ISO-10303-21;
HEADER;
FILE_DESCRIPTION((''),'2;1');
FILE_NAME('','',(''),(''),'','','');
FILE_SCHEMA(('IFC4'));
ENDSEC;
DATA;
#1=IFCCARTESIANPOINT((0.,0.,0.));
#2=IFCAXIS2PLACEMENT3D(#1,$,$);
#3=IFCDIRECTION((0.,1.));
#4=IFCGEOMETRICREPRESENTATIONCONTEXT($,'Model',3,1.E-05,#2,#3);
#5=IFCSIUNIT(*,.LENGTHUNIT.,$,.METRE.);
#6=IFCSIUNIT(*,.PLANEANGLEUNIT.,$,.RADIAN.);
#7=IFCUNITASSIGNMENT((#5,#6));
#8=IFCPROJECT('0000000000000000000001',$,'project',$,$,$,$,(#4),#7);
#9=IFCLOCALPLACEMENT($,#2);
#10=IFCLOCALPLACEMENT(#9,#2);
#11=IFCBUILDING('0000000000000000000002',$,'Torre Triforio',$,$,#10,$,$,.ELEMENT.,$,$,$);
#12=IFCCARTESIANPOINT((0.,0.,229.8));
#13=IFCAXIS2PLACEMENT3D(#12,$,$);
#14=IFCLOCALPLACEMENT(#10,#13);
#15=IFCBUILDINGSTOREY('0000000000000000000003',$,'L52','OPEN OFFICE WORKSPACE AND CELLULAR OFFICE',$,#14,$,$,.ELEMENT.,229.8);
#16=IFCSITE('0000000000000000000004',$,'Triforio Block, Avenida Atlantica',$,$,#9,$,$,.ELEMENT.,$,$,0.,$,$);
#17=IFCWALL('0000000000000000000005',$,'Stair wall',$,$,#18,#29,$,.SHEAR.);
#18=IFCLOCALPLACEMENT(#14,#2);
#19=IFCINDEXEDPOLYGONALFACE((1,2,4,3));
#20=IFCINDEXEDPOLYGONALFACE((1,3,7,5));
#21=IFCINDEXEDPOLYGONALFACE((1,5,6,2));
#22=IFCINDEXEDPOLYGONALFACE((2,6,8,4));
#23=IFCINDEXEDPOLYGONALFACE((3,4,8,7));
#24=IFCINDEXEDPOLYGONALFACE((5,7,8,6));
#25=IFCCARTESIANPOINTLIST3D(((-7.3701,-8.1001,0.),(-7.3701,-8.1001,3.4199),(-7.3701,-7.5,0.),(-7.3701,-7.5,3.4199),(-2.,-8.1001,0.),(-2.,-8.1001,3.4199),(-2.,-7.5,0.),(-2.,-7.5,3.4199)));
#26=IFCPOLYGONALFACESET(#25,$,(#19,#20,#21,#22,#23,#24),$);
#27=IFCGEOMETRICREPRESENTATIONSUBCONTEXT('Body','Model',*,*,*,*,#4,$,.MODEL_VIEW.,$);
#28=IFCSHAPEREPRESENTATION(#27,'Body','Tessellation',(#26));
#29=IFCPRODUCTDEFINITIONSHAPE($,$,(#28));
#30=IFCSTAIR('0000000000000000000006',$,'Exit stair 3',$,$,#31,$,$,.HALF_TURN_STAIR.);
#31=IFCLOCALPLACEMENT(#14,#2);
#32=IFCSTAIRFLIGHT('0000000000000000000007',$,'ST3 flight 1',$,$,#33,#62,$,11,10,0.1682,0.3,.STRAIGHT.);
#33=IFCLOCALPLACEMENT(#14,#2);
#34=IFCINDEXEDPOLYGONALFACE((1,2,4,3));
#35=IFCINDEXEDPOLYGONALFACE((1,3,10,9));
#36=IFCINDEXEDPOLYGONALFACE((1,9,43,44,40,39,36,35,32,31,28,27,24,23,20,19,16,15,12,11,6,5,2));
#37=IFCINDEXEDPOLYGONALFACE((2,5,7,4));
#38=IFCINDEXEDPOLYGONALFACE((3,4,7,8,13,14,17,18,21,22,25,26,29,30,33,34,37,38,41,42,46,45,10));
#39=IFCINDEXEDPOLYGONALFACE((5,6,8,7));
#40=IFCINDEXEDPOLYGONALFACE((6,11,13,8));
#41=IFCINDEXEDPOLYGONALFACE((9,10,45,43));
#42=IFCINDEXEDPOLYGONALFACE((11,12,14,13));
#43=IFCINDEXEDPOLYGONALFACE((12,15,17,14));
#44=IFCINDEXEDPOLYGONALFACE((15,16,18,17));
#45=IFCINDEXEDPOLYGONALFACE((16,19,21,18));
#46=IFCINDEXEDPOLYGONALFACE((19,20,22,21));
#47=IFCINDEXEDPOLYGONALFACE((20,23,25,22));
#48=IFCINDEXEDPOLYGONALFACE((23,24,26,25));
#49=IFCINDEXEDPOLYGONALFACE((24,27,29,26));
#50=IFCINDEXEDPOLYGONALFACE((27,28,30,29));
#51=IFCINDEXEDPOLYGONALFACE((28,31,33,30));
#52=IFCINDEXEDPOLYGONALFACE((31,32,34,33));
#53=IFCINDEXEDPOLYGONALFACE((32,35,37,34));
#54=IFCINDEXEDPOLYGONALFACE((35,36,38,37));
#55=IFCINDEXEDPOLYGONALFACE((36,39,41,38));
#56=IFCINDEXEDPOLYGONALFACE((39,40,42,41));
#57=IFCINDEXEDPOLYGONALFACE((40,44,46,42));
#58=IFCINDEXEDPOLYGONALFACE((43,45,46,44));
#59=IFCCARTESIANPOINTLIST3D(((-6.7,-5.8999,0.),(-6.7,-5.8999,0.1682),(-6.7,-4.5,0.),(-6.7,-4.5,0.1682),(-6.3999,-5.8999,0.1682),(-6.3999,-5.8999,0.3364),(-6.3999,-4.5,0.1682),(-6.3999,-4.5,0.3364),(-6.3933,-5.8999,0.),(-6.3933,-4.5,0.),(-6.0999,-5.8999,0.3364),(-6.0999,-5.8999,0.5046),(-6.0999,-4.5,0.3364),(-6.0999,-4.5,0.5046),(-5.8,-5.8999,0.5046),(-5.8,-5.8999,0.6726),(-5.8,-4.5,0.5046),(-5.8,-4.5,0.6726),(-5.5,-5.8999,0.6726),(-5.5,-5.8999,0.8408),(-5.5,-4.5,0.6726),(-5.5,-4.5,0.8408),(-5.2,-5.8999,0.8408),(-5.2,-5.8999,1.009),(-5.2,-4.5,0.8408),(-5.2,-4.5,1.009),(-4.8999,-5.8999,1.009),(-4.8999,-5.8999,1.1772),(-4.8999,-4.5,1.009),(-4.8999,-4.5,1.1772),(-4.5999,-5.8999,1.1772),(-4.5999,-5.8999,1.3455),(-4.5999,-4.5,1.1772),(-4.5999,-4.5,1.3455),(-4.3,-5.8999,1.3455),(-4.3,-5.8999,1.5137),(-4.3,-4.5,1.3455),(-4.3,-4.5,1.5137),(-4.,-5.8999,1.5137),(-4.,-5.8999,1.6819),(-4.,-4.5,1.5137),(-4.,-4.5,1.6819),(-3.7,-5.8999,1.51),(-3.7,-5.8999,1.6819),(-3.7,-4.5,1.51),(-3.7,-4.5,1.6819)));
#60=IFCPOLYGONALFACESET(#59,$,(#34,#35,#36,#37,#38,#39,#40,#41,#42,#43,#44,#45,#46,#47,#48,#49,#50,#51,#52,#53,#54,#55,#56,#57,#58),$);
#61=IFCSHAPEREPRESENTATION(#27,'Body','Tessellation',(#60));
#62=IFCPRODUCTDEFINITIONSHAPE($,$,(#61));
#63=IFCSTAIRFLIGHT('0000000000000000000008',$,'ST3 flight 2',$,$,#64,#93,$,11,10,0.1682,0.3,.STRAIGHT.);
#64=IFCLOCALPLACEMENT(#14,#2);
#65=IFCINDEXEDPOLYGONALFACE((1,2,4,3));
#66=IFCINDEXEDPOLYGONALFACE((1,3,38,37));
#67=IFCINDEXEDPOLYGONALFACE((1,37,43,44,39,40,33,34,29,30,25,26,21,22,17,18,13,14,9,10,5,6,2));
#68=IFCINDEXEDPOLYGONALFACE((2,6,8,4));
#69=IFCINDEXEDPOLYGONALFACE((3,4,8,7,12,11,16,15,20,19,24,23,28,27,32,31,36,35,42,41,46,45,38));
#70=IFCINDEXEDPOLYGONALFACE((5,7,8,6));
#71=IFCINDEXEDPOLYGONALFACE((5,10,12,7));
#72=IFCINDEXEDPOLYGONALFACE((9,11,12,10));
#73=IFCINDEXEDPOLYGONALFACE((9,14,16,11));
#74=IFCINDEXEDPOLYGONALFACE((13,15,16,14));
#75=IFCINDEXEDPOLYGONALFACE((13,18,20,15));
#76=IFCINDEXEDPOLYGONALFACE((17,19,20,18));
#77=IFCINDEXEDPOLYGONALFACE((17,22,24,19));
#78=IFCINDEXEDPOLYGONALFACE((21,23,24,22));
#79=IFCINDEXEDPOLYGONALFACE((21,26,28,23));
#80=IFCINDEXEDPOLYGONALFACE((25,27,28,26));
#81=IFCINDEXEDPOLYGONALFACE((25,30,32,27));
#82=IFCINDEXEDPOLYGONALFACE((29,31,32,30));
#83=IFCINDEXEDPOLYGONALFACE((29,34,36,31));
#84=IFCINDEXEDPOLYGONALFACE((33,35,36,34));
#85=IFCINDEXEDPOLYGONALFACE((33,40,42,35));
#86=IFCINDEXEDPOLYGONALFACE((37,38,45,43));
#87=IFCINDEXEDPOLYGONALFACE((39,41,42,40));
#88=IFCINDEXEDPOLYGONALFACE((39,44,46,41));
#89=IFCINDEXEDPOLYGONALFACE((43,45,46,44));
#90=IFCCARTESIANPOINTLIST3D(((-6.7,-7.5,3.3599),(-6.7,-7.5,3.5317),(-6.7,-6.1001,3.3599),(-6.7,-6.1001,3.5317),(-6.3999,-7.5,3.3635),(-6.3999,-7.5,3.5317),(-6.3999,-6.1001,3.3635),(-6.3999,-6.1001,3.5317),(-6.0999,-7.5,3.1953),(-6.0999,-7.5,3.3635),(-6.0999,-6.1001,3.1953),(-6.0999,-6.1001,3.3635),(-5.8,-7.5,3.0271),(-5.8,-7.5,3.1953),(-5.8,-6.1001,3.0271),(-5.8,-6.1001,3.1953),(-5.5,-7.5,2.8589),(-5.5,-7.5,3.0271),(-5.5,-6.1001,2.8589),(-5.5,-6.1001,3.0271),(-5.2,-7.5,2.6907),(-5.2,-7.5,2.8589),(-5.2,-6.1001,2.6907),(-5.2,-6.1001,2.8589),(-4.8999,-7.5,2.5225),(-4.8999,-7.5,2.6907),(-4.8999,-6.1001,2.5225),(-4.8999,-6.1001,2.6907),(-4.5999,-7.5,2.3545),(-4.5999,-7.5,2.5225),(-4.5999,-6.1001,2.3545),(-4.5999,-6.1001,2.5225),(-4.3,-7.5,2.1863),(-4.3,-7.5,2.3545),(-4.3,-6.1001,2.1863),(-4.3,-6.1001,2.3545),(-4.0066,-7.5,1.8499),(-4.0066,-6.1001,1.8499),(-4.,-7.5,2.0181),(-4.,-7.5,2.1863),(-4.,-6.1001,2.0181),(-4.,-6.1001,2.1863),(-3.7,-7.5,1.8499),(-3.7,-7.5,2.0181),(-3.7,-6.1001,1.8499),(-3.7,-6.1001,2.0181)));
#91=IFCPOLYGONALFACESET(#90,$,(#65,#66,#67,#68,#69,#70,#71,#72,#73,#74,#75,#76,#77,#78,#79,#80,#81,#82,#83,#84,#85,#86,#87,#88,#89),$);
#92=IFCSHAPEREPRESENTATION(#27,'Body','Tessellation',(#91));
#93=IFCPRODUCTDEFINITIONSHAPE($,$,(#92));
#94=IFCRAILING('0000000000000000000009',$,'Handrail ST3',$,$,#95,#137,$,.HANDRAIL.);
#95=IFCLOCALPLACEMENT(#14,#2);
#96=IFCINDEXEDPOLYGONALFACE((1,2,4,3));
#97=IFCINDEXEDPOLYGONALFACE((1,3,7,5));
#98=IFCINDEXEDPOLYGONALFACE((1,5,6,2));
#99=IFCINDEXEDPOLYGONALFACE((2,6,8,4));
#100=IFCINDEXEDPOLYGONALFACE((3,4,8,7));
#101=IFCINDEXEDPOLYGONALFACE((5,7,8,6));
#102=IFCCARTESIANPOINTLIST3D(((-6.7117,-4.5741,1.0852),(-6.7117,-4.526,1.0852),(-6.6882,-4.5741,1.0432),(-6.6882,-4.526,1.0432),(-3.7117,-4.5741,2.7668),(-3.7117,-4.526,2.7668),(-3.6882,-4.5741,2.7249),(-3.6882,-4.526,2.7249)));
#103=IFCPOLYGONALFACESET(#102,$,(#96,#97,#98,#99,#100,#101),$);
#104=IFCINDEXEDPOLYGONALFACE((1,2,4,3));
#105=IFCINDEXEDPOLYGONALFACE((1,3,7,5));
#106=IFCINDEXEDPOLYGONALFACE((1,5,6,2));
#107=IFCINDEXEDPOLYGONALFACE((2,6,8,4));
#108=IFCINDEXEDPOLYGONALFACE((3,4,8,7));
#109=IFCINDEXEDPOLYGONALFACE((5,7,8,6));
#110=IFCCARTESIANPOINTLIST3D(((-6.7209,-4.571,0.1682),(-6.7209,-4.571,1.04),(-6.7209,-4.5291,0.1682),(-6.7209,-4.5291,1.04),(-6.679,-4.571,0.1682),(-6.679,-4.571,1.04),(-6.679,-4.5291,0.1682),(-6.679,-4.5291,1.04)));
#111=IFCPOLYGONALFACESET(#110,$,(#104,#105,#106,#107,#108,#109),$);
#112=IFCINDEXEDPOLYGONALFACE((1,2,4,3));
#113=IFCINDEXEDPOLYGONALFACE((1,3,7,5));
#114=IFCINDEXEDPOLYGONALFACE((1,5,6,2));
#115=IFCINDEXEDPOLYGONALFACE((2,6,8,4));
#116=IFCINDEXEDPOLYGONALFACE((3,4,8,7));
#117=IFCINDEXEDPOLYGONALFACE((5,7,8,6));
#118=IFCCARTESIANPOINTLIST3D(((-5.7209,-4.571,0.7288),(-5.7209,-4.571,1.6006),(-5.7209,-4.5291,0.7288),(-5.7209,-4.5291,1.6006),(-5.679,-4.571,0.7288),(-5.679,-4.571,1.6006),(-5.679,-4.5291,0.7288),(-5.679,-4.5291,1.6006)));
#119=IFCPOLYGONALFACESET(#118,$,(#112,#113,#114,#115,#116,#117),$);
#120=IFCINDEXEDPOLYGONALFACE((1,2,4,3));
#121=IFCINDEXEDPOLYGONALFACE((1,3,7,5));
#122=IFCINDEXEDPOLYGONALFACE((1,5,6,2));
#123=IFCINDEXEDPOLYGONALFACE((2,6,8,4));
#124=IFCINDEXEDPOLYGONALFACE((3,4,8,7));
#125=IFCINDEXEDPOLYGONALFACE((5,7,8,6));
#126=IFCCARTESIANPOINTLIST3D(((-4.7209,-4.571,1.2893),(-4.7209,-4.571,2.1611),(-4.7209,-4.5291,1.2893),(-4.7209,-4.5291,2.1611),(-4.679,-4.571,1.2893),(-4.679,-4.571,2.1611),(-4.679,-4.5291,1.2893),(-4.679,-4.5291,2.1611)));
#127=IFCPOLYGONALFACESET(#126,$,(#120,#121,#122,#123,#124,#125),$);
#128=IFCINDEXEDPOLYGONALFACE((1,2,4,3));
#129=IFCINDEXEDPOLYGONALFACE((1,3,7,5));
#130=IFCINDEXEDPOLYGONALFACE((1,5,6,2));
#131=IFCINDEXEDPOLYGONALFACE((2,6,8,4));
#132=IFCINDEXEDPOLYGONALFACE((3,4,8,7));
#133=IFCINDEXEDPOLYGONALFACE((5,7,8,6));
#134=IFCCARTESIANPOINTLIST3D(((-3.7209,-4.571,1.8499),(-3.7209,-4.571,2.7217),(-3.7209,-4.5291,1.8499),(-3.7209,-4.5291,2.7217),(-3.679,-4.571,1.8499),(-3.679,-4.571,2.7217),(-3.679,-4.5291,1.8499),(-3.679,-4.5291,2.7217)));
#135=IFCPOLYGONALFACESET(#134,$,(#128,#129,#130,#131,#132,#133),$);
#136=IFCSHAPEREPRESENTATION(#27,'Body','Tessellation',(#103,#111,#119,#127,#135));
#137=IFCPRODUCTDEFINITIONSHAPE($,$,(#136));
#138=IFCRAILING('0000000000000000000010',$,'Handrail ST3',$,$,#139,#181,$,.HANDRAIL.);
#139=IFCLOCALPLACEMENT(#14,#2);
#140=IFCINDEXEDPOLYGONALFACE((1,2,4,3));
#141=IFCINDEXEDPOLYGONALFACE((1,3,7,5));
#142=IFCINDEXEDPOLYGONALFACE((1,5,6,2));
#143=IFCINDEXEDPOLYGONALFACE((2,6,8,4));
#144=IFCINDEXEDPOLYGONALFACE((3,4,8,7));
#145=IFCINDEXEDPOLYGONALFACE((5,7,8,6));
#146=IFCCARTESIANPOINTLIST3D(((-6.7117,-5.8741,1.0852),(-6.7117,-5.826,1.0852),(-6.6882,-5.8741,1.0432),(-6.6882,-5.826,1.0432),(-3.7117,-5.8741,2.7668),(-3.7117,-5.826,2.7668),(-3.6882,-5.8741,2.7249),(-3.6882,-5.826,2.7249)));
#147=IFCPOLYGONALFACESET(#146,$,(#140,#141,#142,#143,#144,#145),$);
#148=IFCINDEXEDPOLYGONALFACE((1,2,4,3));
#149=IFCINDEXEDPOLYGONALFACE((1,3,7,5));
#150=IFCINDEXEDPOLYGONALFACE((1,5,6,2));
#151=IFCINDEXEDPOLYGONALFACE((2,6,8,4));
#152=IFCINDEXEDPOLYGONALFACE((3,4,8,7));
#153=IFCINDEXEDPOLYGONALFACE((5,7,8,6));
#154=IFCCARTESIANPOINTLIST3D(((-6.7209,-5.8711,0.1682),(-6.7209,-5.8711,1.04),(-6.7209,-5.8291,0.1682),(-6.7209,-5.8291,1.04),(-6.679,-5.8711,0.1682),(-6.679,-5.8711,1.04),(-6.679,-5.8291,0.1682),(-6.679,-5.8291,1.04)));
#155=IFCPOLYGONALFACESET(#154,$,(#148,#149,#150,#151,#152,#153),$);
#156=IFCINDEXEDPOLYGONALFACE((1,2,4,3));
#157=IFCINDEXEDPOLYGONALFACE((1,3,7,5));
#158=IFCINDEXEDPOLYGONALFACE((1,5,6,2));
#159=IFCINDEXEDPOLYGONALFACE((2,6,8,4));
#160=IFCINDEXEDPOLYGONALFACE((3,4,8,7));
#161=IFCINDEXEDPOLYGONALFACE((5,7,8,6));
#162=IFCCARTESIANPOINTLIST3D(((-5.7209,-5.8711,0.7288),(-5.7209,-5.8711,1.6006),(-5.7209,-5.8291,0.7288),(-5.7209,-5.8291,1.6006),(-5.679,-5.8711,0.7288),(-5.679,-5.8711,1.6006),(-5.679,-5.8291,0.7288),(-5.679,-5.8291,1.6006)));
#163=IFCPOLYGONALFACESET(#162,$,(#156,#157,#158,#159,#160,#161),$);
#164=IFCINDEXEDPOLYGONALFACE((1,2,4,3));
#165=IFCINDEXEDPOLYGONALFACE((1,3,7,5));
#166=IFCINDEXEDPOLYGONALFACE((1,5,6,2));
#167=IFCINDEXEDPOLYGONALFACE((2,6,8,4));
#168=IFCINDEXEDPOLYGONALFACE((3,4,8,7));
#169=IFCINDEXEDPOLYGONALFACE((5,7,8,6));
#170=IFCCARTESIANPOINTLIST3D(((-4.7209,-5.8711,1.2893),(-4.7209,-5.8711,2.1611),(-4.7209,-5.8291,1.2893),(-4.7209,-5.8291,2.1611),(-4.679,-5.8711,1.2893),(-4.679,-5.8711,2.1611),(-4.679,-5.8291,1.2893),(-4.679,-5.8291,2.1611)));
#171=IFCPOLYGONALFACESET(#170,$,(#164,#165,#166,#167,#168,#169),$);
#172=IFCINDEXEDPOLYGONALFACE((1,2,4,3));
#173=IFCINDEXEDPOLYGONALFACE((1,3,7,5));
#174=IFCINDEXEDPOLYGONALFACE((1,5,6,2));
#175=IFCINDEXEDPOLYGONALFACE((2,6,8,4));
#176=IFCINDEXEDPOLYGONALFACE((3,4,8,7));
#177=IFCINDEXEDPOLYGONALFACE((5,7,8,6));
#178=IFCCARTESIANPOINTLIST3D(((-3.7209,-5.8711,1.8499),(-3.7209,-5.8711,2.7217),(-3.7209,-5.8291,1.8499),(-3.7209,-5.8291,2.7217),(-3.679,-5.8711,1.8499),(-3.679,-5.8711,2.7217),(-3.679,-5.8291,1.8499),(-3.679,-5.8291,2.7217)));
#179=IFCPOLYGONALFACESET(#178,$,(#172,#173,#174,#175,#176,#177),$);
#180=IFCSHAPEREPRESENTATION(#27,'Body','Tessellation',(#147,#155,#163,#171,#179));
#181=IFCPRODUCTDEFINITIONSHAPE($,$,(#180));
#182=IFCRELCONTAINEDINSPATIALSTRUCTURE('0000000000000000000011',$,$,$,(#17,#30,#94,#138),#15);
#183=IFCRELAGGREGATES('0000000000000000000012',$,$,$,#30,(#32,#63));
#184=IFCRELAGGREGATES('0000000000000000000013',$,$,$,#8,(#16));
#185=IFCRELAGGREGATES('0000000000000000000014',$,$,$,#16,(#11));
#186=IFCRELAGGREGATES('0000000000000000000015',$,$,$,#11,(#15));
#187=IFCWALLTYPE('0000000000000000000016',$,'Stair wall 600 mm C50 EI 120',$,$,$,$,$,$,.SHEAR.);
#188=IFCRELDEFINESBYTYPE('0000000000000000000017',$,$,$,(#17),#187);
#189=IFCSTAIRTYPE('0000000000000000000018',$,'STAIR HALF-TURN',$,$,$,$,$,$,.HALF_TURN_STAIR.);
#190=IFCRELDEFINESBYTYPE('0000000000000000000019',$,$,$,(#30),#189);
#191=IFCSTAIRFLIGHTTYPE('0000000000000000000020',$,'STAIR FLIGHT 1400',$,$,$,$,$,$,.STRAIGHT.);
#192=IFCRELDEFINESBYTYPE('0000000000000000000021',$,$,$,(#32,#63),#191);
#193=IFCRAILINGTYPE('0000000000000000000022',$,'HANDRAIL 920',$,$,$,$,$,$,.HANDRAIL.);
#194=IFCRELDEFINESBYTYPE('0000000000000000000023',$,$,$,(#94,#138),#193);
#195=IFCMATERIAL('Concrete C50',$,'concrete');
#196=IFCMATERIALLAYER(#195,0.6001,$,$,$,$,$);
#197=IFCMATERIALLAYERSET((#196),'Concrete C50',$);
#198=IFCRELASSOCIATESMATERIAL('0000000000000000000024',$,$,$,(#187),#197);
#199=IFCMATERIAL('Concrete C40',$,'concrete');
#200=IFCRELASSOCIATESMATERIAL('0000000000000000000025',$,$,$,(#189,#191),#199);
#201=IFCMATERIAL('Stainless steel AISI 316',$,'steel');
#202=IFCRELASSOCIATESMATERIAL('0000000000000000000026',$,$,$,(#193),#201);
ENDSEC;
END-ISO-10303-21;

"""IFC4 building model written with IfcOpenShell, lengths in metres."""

from ifc_helpers import new_model, si_unit, direction, frame, frame_2d, origin, origin_2d, place, context, subcontext, project, spatial, polyline, rectangle, outline, extrude, material, layer, layer_set, type_object, element, aggregate, save


model = new_model("IFC4")

# Units and contexts
model_context = context("Model", 3, precision=1e-05, world=origin(), true_north=direction((0.0, 1.0)))
body_context = subcontext(model_context, "Body", "Model", "MODEL_VIEW")
ifc_project = project(units=[si_unit("LENGTHUNIT", "METRE"), si_unit("PLANEANGLEUNIT", "RADIAN")], contexts=[model_context])

# Site, building, storey
site_placement = place(None, origin())
site = spatial("IfcSite", under=ifc_project, at=site_placement, Name="Triforio Block, Avenida Atlantica", CompositionType="ELEMENT", RefElevation=0.0)
building_placement = place(site_placement, origin())
building = spatial("IfcBuilding", under=site, at=building_placement, Name="Torre Triforio", CompositionType="ELEMENT")
storey_placement = place(building_placement, frame((0.0, 0.0, 229.8)))
storey = spatial("IfcBuildingStorey", under=building, at=storey_placement, Name="L52", Description="OPEN OFFICE WORKSPACE AND CELLULAR OFFICE", CompositionType="ELEMENT", Elevation=229.8)

# Shared definitions
ifc_material_1 = material(Name="Concrete C40", Category="concrete")

# Shared definitions
ifc_material_2 = material(Name="Concrete C50", Category="concrete")

# Wall
ifc_layer_1 = layer(ifc_material_2, 0.6001)
ifc_layer_set_1 = layer_set([ifc_layer_1], Name="Concrete C50")
wall_type_1 = type_object("IfcWallType", Name="Stair wall 600 mm C50 EI 120", PredefinedType="SHEAR", material=ifc_layer_set_1)
wall_1_placement = place(storey_placement, frame((-7.3701, -7.8, 0.0), z_axis=(0.0, 0.0, 1.0), x_axis=(1.0, 0.0, 0.0)))
element("IfcWall", 1, at=wall_1_placement, inside=storey, type_object=wall_type_1, Name="Stair wall", PredefinedType="SHEAR", context=body_context, shape_type="SweptSolid", body=[
    extrude(rectangle(XDim=5.3701, YDim=0.6001, at=frame_2d((2.6851, 0.0))), origin(), (0.0, 0.0, 1.0), 3.4199),
])

# Stair, stair flights
stair_type = type_object("IfcStairType", Name="STAIR HALF-TURN", PredefinedType="HALF_TURN_STAIR", material=ifc_material_1)
stair_placement = place(storey_placement, origin())
stair = element("IfcStair", 2, at=stair_placement, inside=storey, type_object=stair_type, Name="Exit stair 3", PredefinedType="HALF_TURN_STAIR")
stair_flight_type = type_object("IfcStairFlightType", Name="STAIR FLIGHT 1400", PredefinedType="STRAIGHT", material=ifc_material_1)
stair_flight_1_placement = place(storey_placement, frame((-6.7, -5.2, 0.0), z_axis=(0.0, 0.0, 1.0), x_axis=(1.0, 0.0, 0.0)))
stair_flight_1 = element("IfcStairFlight", 3, at=stair_flight_1_placement, type_object=stair_flight_type, Name="ST3 flight 1", NumberOfRisers=11, NumberOfTreads=10, PredefinedType="STRAIGHT", RiserHeight=0.1682, TreadLength=0.3, context=body_context, shape_type="SweptSolid", body=[
    extrude(outline(polyline([(0.0, 0.0), (0.0, 0.1682), (0.3, 0.1682), (0.3, 0.3364), (0.6001, 0.3364), (0.6001, 0.5046), (0.8999, 0.5046), (0.8999, 0.6726), (1.2, 0.6726), (1.2, 0.8408), (1.5, 0.8408), (1.5, 1.009), (1.8, 1.009), (1.8, 1.1772), (2.1001, 1.1772), (2.1001, 1.3455), (2.3999, 1.3455), (2.3999, 1.5137), (2.7, 1.5137), (2.7, 1.6819), (3.0, 1.6819), (3.0, 1.8501), (3.0, 1.51), (0.3066, 0.0), (0.0, 0.0)])), frame((0.0, 0.7, 0.0), z_axis=(0.0, -1.0, 0.0), x_axis=(1.0, 0.0, 0.0)), (0.0, 0.0, 1.0), 1.3999),
])
stair_flight_2_placement = place(storey_placement, frame((-3.7, -6.8, 1.8499), z_axis=(0.0, 0.0, 1.0), x_axis=(-1.0, 0.0, 0.0)))
stair_flight_2 = element("IfcStairFlight", 4, at=stair_flight_2_placement, type_object=stair_flight_type, Name="ST3 flight 2", NumberOfRisers=11, NumberOfTreads=10, PredefinedType="STRAIGHT", RiserHeight=0.1682, TreadLength=0.3, context=body_context, shape_type="SweptSolid", body=[
    extrude(outline(polyline([(0.0, 0.0), (0.0, 0.1682), (0.3, 0.1682), (0.3, 0.3364), (0.6001, 0.3364), (0.6001, 0.5046), (0.8999, 0.5046), (0.8999, 0.6726), (1.2, 0.6726), (1.2, 0.8408), (1.5, 0.8408), (1.5, 1.009), (1.8, 1.009), (1.8, 1.1772), (2.1001, 1.1772), (2.1001, 1.3455), (2.3999, 1.3455), (2.3999, 1.5137), (2.7, 1.5137), (2.7, 1.6819), (3.0, 1.6819), (3.0, 1.8501), (3.0, 1.51), (0.3066, 0.0), (0.0, 0.0)])), frame((0.0, 0.7, 0.0), z_axis=(0.0, -1.0, 0.0), x_axis=(1.0, 0.0, 0.0)), (0.0, 0.0, 1.0), 1.3999),
])
aggregate(stair, [stair_flight_1, stair_flight_2])

# Railings
ifc_material_3 = material(Name="Stainless steel AISI 316", Category="steel")
railing_type = type_object("IfcRailingType", Name="HANDRAIL 920", PredefinedType="HANDRAIL", material=ifc_material_3)
for number, where, name in (
    (5, (-6.7, -4.55, 0.1682), "Handrail ST3"),
    (6, (-6.7, -5.8501, 0.1682), "Handrail ST3"),
):
    element("IfcRailing", number, at=place(storey_placement, frame(where)), inside=storey, type_object=railing_type, Name=name, PredefinedType="HANDRAIL", context=body_context, shape_type="SweptSolid", body=[
        extrude(rectangle(XDim=0.0481, YDim=0.0481, at=origin_2d()), frame((0.0, 0.0, 0.896), z_axis=(0.872303, 0.0, 0.488966), x_axis=(0.0, 1.0, 0.0)), (0.0, 0.0, 1.0), 3.4392),
        extrude(rectangle(XDim=0.042, YDim=0.042, at=origin_2d()), origin(), (0.0, 0.0, 1.0), 0.8718),
        extrude(rectangle(XDim=0.042, YDim=0.042, at=origin_2d()), frame((1.0, 0.0, 0.5605)), (0.0, 0.0, 1.0), 0.8718),
        extrude(rectangle(XDim=0.042, YDim=0.042, at=origin_2d()), frame((2.0, 0.0, 1.1211)), (0.0, 0.0, 1.0), 0.8718),
        extrude(rectangle(XDim=0.042, YDim=0.042, at=origin_2d()), frame((3.0, 0.0, 1.6816)), (0.0, 0.0, 1.0), 0.8718),
    ])

save(model, "model.ifc")
